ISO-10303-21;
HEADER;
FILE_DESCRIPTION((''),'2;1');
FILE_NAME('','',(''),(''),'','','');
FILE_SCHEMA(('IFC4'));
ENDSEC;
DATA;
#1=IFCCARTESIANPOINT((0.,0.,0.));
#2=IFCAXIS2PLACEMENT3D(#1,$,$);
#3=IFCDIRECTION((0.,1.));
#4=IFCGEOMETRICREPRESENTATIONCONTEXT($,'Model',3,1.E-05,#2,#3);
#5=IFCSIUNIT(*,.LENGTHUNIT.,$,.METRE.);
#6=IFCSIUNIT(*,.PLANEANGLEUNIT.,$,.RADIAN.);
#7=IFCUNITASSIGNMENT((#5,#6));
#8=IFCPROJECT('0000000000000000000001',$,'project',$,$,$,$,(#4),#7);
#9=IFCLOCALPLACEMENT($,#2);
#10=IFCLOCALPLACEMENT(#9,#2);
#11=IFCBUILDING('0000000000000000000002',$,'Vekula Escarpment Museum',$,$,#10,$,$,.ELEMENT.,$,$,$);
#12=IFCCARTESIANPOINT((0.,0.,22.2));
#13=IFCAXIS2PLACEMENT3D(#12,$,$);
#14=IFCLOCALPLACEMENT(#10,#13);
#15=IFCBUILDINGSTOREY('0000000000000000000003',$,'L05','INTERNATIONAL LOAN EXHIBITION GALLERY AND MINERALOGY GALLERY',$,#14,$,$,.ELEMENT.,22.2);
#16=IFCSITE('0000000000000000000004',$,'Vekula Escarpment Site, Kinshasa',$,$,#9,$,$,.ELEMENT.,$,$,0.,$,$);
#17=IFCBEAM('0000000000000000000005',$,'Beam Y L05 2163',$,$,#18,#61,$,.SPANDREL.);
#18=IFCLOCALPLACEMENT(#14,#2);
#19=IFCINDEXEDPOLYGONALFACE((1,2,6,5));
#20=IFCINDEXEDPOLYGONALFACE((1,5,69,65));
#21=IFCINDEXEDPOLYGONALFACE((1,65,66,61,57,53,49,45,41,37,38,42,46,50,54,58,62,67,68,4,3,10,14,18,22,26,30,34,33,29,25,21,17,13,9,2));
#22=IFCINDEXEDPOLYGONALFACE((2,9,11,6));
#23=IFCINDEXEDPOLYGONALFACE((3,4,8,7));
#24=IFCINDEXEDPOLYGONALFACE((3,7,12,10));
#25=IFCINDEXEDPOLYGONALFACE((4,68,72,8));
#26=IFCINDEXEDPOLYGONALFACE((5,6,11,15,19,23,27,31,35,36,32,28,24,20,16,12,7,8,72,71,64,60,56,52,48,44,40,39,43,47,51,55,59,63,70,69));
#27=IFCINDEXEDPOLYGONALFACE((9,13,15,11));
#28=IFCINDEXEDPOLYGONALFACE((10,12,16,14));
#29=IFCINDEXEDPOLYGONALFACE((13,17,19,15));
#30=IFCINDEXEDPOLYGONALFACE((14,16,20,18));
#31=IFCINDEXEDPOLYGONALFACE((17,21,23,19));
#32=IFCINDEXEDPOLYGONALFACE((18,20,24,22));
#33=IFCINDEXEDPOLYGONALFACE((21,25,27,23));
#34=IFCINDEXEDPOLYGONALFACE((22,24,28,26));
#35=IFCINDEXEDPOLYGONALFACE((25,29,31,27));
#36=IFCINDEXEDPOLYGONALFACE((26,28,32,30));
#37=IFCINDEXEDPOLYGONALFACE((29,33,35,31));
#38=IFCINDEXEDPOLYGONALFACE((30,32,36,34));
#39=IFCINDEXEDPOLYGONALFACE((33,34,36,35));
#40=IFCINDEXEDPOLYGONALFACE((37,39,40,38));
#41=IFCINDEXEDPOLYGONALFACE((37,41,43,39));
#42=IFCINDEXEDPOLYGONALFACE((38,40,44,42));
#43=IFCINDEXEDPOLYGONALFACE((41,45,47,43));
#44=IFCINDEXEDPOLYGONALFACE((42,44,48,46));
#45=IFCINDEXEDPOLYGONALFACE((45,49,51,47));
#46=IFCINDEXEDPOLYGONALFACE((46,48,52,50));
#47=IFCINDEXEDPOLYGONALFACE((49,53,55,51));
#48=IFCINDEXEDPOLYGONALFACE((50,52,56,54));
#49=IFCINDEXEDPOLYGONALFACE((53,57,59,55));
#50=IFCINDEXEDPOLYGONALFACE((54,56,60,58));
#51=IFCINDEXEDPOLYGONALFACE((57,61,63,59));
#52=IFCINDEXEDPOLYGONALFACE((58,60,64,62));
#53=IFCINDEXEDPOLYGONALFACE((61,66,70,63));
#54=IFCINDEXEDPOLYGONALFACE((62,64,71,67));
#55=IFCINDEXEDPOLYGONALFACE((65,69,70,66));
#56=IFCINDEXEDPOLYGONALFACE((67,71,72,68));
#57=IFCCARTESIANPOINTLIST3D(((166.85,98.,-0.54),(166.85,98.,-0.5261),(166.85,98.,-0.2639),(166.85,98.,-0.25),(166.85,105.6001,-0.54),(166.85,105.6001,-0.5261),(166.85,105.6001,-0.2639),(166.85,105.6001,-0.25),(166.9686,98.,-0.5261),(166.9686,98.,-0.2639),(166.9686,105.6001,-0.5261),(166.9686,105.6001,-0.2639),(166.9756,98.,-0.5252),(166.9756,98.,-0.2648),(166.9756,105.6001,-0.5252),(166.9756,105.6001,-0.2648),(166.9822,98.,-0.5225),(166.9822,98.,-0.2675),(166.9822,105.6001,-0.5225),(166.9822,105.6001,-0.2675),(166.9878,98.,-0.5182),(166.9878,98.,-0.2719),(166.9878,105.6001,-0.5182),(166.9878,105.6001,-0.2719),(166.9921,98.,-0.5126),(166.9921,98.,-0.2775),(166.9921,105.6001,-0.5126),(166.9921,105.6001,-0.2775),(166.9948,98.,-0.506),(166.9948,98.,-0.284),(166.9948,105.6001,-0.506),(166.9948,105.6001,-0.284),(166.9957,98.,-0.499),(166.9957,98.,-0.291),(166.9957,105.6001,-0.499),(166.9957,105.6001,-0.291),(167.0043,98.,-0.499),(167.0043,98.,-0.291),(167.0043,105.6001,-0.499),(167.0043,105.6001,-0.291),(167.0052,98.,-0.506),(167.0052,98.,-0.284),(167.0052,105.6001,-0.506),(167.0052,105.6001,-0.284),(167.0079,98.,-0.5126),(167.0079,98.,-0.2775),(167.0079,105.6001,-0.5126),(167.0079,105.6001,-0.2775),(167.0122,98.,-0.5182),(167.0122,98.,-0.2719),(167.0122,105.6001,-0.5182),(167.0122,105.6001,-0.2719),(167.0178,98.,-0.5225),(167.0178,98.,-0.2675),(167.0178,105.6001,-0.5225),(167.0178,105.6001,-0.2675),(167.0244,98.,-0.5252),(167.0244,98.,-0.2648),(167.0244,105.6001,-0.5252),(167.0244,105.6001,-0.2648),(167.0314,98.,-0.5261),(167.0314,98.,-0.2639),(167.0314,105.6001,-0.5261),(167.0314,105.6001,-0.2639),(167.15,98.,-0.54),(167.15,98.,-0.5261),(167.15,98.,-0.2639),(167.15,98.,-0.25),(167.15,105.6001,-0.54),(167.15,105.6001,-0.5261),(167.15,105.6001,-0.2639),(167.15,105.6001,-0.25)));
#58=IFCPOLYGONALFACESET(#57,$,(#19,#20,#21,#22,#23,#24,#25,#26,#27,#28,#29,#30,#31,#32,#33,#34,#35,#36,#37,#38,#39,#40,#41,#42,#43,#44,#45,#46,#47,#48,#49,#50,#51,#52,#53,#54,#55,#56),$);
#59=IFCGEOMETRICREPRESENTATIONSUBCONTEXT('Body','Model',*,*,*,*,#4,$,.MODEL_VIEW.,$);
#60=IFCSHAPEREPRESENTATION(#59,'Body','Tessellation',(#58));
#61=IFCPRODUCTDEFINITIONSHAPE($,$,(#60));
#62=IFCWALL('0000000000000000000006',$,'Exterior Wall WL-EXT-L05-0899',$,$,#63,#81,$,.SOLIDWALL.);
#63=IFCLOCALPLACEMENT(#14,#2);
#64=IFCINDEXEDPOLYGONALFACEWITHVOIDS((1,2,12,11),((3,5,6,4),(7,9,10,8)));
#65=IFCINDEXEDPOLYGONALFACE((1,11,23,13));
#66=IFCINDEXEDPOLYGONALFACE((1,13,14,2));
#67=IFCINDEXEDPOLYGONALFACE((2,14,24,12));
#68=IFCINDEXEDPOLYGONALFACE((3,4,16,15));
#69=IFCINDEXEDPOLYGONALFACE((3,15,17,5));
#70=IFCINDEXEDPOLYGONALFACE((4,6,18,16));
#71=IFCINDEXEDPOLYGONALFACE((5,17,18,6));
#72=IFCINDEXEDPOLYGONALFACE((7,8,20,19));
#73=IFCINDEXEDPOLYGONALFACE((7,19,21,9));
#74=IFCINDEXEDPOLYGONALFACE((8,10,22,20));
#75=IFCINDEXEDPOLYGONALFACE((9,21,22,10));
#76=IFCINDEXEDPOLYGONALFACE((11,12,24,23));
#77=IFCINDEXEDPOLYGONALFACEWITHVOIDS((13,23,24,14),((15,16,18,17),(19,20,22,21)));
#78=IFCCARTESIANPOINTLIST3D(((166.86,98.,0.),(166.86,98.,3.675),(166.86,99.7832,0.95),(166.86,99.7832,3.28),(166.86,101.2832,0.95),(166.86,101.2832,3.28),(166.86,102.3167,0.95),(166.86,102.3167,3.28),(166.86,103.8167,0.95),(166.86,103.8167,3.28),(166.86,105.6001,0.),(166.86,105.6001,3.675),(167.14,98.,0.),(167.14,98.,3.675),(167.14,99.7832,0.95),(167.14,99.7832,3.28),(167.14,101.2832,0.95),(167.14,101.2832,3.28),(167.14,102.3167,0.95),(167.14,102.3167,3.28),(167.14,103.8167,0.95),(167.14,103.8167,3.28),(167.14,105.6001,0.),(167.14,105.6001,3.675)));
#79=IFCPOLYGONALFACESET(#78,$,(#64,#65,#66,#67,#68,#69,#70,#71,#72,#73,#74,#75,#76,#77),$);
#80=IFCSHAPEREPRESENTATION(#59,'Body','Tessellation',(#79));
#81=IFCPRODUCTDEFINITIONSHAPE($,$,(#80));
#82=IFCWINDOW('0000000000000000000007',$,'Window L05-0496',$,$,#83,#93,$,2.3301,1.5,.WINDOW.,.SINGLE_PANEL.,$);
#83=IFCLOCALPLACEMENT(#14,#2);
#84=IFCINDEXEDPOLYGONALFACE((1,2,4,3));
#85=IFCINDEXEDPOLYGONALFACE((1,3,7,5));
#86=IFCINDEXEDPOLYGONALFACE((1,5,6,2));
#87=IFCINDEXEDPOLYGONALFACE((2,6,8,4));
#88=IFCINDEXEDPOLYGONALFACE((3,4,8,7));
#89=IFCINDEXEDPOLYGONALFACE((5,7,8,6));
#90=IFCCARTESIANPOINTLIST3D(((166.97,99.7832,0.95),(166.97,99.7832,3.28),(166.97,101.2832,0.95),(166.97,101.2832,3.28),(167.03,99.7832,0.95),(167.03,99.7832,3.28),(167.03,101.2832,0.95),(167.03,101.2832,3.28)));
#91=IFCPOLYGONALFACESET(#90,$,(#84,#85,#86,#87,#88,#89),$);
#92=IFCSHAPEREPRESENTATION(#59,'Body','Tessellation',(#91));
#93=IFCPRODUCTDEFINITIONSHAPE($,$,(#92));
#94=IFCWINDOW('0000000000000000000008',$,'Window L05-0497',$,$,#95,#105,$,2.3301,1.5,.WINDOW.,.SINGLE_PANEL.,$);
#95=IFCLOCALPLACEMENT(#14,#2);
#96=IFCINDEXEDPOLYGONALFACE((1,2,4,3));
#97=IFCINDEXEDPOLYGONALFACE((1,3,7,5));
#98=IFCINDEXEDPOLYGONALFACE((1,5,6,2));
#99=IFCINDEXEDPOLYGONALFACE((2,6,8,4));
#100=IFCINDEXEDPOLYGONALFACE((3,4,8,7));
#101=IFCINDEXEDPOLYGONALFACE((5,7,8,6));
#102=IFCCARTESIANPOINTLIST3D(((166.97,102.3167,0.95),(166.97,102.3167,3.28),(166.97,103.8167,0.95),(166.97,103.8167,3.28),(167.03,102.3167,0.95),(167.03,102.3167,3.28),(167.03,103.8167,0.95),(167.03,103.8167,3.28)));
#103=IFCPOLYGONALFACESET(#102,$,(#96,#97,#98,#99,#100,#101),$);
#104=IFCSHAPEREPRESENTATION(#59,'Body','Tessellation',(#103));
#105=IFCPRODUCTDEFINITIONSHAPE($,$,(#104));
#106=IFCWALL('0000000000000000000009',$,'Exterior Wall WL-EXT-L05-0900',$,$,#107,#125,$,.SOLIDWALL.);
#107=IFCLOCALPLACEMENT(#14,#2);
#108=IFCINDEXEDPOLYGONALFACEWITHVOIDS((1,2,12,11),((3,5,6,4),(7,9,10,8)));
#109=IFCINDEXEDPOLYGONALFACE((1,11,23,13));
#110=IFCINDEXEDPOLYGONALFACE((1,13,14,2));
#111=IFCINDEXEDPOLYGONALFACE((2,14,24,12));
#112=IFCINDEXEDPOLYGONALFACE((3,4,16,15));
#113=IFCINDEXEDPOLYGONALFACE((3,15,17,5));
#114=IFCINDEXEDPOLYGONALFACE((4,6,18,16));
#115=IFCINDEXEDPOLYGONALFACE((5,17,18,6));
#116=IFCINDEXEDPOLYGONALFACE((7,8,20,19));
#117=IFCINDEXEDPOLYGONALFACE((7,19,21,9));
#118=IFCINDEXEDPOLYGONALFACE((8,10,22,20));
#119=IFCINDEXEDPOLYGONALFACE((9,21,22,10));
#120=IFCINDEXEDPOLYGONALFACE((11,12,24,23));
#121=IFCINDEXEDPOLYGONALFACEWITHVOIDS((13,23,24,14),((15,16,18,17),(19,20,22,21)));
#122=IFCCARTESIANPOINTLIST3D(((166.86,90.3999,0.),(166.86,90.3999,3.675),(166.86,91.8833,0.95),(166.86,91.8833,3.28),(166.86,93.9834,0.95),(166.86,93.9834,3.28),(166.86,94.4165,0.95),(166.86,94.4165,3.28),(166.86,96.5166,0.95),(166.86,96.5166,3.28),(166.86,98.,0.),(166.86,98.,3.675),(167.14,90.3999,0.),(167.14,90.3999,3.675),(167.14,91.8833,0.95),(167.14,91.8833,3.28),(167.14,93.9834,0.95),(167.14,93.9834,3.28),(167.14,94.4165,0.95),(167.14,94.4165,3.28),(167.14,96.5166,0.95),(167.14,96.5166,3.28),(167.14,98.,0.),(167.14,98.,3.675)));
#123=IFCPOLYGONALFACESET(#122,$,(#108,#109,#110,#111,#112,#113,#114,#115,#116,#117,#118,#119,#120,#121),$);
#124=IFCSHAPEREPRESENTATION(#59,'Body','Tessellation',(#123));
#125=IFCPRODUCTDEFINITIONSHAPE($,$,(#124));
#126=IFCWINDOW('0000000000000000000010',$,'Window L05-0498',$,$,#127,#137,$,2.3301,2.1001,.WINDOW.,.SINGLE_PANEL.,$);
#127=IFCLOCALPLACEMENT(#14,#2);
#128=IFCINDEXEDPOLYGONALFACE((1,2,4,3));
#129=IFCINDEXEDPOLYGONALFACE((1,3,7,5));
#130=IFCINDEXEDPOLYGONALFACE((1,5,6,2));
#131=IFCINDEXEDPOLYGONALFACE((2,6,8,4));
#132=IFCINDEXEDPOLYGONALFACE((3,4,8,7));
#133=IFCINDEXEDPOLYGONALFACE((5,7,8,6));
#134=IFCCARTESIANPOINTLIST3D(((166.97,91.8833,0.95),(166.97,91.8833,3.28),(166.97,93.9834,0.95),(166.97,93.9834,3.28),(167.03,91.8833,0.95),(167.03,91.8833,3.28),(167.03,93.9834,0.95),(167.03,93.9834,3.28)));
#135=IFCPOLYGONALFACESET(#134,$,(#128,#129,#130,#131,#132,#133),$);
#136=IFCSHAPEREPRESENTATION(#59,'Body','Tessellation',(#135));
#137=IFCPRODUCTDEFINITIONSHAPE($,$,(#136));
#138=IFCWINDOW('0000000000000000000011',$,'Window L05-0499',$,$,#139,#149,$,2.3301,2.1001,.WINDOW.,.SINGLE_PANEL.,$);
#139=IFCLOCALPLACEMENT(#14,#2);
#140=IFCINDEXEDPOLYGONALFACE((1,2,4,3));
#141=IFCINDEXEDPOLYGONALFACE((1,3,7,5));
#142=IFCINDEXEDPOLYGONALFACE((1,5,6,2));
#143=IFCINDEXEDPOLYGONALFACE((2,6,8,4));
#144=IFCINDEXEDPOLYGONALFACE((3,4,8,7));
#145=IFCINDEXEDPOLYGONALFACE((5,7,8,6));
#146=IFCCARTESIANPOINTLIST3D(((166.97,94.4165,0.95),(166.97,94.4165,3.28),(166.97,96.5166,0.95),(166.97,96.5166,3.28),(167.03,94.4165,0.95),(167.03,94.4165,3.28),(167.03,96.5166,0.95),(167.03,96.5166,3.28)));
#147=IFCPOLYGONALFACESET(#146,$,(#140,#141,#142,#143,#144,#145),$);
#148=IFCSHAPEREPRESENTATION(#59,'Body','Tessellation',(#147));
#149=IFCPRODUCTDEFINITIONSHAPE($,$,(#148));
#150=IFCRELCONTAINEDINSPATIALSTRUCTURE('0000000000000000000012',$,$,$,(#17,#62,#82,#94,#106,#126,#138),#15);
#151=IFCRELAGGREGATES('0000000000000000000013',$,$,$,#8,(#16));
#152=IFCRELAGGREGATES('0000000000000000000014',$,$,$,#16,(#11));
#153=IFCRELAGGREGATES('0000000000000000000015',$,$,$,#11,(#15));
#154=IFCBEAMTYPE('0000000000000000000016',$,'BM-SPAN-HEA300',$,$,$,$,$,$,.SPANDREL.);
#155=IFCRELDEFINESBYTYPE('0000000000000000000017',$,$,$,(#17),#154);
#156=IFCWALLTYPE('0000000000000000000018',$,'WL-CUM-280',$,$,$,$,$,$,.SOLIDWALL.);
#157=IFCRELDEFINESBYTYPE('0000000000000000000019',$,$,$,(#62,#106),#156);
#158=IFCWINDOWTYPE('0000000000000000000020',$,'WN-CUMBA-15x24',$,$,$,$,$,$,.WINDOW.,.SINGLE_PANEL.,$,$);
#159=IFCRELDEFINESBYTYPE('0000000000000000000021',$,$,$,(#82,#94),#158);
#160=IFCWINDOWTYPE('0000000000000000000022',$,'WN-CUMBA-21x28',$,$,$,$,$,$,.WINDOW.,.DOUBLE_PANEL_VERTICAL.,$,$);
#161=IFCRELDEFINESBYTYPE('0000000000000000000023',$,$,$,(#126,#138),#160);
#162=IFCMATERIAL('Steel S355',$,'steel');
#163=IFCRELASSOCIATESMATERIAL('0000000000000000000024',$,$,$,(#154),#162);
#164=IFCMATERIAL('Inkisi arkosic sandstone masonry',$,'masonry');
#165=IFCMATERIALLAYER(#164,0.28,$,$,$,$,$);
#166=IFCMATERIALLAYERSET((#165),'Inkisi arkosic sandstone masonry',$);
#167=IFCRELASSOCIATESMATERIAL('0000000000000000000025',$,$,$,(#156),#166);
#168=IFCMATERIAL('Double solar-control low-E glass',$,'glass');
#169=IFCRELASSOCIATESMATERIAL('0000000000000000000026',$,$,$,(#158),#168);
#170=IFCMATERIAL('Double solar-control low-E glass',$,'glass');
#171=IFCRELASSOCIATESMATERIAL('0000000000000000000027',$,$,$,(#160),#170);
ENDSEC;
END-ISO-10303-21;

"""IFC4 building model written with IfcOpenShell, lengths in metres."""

from ifc_helpers import new_model, si_unit, direction, frame, frame_2d, origin, origin_2d, place, context, subcontext, project, spatial, rectangle, i_section, extrude, material, layer, layer_set, material_profile, profile_set, type_object, element, fill, save


model = new_model("IFC4")

# Units and contexts
model_context = context("Model", 3, precision=1e-05, world=origin(), true_north=direction((0.0, 1.0)))
body_context = subcontext(model_context, "Body", "Model", "MODEL_VIEW")
ifc_project = project(units=[si_unit("LENGTHUNIT", "METRE"), si_unit("PLANEANGLEUNIT", "RADIAN")], contexts=[model_context])

# Site, building, storey
site_placement = place(None, origin())
site = spatial("IfcSite", under=ifc_project, at=site_placement, Name="Vekula Escarpment Site, Kinshasa", CompositionType="ELEMENT", RefElevation=0.0)
building_placement = place(site_placement, origin())
building = spatial("IfcBuilding", under=site, at=building_placement, Name="Vekula Escarpment Museum", CompositionType="ELEMENT")
storey_placement = place(building_placement, frame((0.0, 0.0, 22.2)))
storey = spatial("IfcBuildingStorey", under=building, at=storey_placement, Name="L05", Description="INTERNATIONAL LOAN EXHIBITION GALLERY AND MINERALOGY GALLERY", CompositionType="ELEMENT", Elevation=22.2)

# Beam
ifc_material_1 = material(Name="Steel S355", Category="steel")
ifc_material_profile_1 = material_profile(ifc_material_1, i_section(OverallWidth=0.3, OverallDepth=0.29, WebThickness=0.0085, FlangeThickness=0.0139, FilletRadius=0.0271, at=origin_2d()), Name="HEA 300")
ifc_profile_set_1 = profile_set([ifc_material_profile_1], Name="Steel S355")
beam_type_1 = type_object("IfcBeamType", Name="BM-SPAN-HEA300", PredefinedType="SPANDREL", material=ifc_profile_set_1)
for number, where, z_axis, x_axis, name in (
    (1, (167.0, 98.0, -0.395), (0.0, 1.0, 0.0), (-1.0, 0.0, 0.0), "Beam Y L05 2163"),
):
    element("IfcBeam", number, at=place(storey_placement, frame(where, z_axis=z_axis, x_axis=x_axis)), inside=storey, type_object=beam_type_1, Name=name, PredefinedType="SPANDREL", context=body_context, shape_type="SweptSolid", body=[
        extrude(i_section(OverallWidth=0.3, OverallDepth=0.29, WebThickness=0.0085, FlangeThickness=0.0139, FilletRadius=0.0271, at=origin_2d()), origin(), (0.0, 0.0, 1.0), 7.6001),
    ])

# Walls, openings, windows
ifc_material_2 = material(Name="Inkisi arkosic sandstone masonry", Category="masonry")
ifc_layer_1 = layer(ifc_material_2, 0.28)
ifc_layer_set_1 = layer_set([ifc_layer_1], Name="Inkisi arkosic sandstone masonry")
wall_type_1 = type_object("IfcWallType", Name="WL-CUM-280", PredefinedType="SOLIDWALL", material=ifc_layer_set_1)
wall_1_placement = place(storey_placement, frame((167.0, 98.0, 0.0), z_axis=(0.0, 0.0, 1.0), x_axis=(0.0, 1.0, 0.0)))
wall_1 = element("IfcWall", 2, at=wall_1_placement, inside=storey, type_object=wall_type_1, Name="Exterior Wall WL-EXT-L05-0899", PredefinedType="SOLIDWALL", context=body_context, shape_type="SweptSolid", body=[
    extrude(rectangle(XDim=7.6001, YDim=0.28, at=frame_2d((3.8, 0.0))), origin(), (0.0, 0.0, 1.0), 3.675),
])
opening_1_placement = place(wall_1_placement, frame((1.7832, 0.0, 0.95)))
opening_1 = element("IfcOpeningElement", 3, at=opening_1_placement, cuts=wall_1, PredefinedType="OPENING", context=body_context, shape_type="SweptSolid", body=[
    extrude(rectangle(XDim=1.5, YDim=2.3301, at=frame_2d((0.75, 1.165))), frame((0.0, 0.1499, 0.0), z_axis=(0.0, -1.0, 0.0), x_axis=(1.0, 0.0, 0.0)), (0.0, 0.0, 1.0), 0.3),
])
opening_2_placement = place(wall_1_placement, frame((4.3167, 0.0, 0.95)))
opening_2 = element("IfcOpeningElement", 4, at=opening_2_placement, cuts=wall_1, PredefinedType="OPENING", context=body_context, shape_type="SweptSolid", body=[
    extrude(rectangle(XDim=1.5, YDim=2.3301, at=frame_2d((0.75, 1.165))), frame((0.0, 0.1499, 0.0), z_axis=(0.0, -1.0, 0.0), x_axis=(1.0, 0.0, 0.0)), (0.0, 0.0, 1.0), 0.3),
])
ifc_material_3 = material(Name="Double solar-control low-E glass", Category="glass")
window_type_1 = type_object("IfcWindowType", Name="WN-CUMBA-15x24", PartitioningType="SINGLE_PANEL", PredefinedType="WINDOW", material=ifc_material_3)
window_1_placement = place(opening_1_placement, origin())
window_1 = element("IfcWindow", 5, at=window_1_placement, inside=storey, type_object=window_type_1, Name="Window L05-0496", OverallHeight=2.3301, OverallWidth=1.5, PartitioningType="SINGLE_PANEL", PredefinedType="WINDOW", context=body_context, shape_type="SweptSolid", body=[
    extrude(rectangle(XDim=1.5, YDim=2.3301, at=frame_2d((0.75, 1.165))), frame((0.0, 0.03, 0.0), z_axis=(0.0, -1.0, 0.0), x_axis=(1.0, 0.0, 0.0)), (0.0, 0.0, 1.0), 0.0601),
])
fill(opening_1, window_1)
window_2_placement = place(opening_2_placement, origin())
window_2 = element("IfcWindow", 6, at=window_2_placement, inside=storey, type_object=window_type_1, Name="Window L05-0497", OverallHeight=2.3301, OverallWidth=1.5, PartitioningType="SINGLE_PANEL", PredefinedType="WINDOW", context=body_context, shape_type="SweptSolid", body=[
    extrude(rectangle(XDim=1.5, YDim=2.3301, at=frame_2d((0.75, 1.165))), frame((0.0, 0.03, 0.0), z_axis=(0.0, -1.0, 0.0), x_axis=(1.0, 0.0, 0.0)), (0.0, 0.0, 1.0), 0.0601),
])
fill(opening_2, window_2)
wall_2_placement = place(storey_placement, frame((167.0, 90.3999, 0.0), z_axis=(0.0, 0.0, 1.0), x_axis=(0.0, 1.0, 0.0)))
wall_2 = element("IfcWall", 7, at=wall_2_placement, inside=storey, type_object=wall_type_1, Name="Exterior Wall WL-EXT-L05-0900", PredefinedType="SOLIDWALL", context=body_context, shape_type="SweptSolid", body=[
    extrude(rectangle(XDim=7.6001, YDim=0.28, at=frame_2d((3.8, 0.0))), origin(), (0.0, 0.0, 1.0), 3.675),
])
opening_3_placement = place(wall_2_placement, frame((1.4834, 0.0, 0.95)))
opening_3 = element("IfcOpeningElement", 8, at=opening_3_placement, cuts=wall_2, PredefinedType="OPENING", context=body_context, shape_type="SweptSolid", body=[
    extrude(rectangle(XDim=2.1001, YDim=2.3301, at=frame_2d((1.05, 1.165))), frame((0.0, 0.1499, 0.0), z_axis=(0.0, -1.0, 0.0), x_axis=(1.0, 0.0, 0.0)), (0.0, 0.0, 1.0), 0.3),
])
opening_4_placement = place(wall_2_placement, frame((4.0166, 0.0, 0.95)))
opening_4 = element("IfcOpeningElement", 9, at=opening_4_placement, cuts=wall_2, PredefinedType="OPENING", context=body_context, shape_type="SweptSolid", body=[
    extrude(rectangle(XDim=2.1001, YDim=2.3301, at=frame_2d((1.05, 1.165))), frame((0.0, 0.1499, 0.0), z_axis=(0.0, -1.0, 0.0), x_axis=(1.0, 0.0, 0.0)), (0.0, 0.0, 1.0), 0.3),
])
ifc_material_4 = material(Name="Double solar-control low-E glass", Category="glass")
window_type_2 = type_object("IfcWindowType", Name="WN-CUMBA-21x28", PartitioningType="DOUBLE_PANEL_VERTICAL", PredefinedType="WINDOW", material=ifc_material_4)
window_3_placement = place(opening_3_placement, origin())
window_3 = element("IfcWindow", 10, at=window_3_placement, inside=storey, type_object=window_type_2, Name="Window L05-0498", OverallHeight=2.3301, OverallWidth=2.1001, PartitioningType="SINGLE_PANEL", PredefinedType="WINDOW", context=body_context, shape_type="SweptSolid", body=[
    extrude(rectangle(XDim=2.1001, YDim=2.3301, at=frame_2d((1.05, 1.165))), frame((0.0, 0.03, 0.0), z_axis=(0.0, -1.0, 0.0), x_axis=(1.0, 0.0, 0.0)), (0.0, 0.0, 1.0), 0.0601),
])
fill(opening_3, window_3)
window_4_placement = place(opening_4_placement, origin())
window_4 = element("IfcWindow", 11, at=window_4_placement, inside=storey, type_object=window_type_2, Name="Window L05-0499", OverallHeight=2.3301, OverallWidth=2.1001, PartitioningType="SINGLE_PANEL", PredefinedType="WINDOW", context=body_context, shape_type="SweptSolid", body=[
    extrude(rectangle(XDim=2.1001, YDim=2.3301, at=frame_2d((1.05, 1.165))), frame((0.0, 0.03, 0.0), z_axis=(0.0, -1.0, 0.0), x_axis=(1.0, 0.0, 0.0)), (0.0, 0.0, 1.0), 0.0601),
])
fill(opening_4, window_4)

save(model, "model.ifc")
